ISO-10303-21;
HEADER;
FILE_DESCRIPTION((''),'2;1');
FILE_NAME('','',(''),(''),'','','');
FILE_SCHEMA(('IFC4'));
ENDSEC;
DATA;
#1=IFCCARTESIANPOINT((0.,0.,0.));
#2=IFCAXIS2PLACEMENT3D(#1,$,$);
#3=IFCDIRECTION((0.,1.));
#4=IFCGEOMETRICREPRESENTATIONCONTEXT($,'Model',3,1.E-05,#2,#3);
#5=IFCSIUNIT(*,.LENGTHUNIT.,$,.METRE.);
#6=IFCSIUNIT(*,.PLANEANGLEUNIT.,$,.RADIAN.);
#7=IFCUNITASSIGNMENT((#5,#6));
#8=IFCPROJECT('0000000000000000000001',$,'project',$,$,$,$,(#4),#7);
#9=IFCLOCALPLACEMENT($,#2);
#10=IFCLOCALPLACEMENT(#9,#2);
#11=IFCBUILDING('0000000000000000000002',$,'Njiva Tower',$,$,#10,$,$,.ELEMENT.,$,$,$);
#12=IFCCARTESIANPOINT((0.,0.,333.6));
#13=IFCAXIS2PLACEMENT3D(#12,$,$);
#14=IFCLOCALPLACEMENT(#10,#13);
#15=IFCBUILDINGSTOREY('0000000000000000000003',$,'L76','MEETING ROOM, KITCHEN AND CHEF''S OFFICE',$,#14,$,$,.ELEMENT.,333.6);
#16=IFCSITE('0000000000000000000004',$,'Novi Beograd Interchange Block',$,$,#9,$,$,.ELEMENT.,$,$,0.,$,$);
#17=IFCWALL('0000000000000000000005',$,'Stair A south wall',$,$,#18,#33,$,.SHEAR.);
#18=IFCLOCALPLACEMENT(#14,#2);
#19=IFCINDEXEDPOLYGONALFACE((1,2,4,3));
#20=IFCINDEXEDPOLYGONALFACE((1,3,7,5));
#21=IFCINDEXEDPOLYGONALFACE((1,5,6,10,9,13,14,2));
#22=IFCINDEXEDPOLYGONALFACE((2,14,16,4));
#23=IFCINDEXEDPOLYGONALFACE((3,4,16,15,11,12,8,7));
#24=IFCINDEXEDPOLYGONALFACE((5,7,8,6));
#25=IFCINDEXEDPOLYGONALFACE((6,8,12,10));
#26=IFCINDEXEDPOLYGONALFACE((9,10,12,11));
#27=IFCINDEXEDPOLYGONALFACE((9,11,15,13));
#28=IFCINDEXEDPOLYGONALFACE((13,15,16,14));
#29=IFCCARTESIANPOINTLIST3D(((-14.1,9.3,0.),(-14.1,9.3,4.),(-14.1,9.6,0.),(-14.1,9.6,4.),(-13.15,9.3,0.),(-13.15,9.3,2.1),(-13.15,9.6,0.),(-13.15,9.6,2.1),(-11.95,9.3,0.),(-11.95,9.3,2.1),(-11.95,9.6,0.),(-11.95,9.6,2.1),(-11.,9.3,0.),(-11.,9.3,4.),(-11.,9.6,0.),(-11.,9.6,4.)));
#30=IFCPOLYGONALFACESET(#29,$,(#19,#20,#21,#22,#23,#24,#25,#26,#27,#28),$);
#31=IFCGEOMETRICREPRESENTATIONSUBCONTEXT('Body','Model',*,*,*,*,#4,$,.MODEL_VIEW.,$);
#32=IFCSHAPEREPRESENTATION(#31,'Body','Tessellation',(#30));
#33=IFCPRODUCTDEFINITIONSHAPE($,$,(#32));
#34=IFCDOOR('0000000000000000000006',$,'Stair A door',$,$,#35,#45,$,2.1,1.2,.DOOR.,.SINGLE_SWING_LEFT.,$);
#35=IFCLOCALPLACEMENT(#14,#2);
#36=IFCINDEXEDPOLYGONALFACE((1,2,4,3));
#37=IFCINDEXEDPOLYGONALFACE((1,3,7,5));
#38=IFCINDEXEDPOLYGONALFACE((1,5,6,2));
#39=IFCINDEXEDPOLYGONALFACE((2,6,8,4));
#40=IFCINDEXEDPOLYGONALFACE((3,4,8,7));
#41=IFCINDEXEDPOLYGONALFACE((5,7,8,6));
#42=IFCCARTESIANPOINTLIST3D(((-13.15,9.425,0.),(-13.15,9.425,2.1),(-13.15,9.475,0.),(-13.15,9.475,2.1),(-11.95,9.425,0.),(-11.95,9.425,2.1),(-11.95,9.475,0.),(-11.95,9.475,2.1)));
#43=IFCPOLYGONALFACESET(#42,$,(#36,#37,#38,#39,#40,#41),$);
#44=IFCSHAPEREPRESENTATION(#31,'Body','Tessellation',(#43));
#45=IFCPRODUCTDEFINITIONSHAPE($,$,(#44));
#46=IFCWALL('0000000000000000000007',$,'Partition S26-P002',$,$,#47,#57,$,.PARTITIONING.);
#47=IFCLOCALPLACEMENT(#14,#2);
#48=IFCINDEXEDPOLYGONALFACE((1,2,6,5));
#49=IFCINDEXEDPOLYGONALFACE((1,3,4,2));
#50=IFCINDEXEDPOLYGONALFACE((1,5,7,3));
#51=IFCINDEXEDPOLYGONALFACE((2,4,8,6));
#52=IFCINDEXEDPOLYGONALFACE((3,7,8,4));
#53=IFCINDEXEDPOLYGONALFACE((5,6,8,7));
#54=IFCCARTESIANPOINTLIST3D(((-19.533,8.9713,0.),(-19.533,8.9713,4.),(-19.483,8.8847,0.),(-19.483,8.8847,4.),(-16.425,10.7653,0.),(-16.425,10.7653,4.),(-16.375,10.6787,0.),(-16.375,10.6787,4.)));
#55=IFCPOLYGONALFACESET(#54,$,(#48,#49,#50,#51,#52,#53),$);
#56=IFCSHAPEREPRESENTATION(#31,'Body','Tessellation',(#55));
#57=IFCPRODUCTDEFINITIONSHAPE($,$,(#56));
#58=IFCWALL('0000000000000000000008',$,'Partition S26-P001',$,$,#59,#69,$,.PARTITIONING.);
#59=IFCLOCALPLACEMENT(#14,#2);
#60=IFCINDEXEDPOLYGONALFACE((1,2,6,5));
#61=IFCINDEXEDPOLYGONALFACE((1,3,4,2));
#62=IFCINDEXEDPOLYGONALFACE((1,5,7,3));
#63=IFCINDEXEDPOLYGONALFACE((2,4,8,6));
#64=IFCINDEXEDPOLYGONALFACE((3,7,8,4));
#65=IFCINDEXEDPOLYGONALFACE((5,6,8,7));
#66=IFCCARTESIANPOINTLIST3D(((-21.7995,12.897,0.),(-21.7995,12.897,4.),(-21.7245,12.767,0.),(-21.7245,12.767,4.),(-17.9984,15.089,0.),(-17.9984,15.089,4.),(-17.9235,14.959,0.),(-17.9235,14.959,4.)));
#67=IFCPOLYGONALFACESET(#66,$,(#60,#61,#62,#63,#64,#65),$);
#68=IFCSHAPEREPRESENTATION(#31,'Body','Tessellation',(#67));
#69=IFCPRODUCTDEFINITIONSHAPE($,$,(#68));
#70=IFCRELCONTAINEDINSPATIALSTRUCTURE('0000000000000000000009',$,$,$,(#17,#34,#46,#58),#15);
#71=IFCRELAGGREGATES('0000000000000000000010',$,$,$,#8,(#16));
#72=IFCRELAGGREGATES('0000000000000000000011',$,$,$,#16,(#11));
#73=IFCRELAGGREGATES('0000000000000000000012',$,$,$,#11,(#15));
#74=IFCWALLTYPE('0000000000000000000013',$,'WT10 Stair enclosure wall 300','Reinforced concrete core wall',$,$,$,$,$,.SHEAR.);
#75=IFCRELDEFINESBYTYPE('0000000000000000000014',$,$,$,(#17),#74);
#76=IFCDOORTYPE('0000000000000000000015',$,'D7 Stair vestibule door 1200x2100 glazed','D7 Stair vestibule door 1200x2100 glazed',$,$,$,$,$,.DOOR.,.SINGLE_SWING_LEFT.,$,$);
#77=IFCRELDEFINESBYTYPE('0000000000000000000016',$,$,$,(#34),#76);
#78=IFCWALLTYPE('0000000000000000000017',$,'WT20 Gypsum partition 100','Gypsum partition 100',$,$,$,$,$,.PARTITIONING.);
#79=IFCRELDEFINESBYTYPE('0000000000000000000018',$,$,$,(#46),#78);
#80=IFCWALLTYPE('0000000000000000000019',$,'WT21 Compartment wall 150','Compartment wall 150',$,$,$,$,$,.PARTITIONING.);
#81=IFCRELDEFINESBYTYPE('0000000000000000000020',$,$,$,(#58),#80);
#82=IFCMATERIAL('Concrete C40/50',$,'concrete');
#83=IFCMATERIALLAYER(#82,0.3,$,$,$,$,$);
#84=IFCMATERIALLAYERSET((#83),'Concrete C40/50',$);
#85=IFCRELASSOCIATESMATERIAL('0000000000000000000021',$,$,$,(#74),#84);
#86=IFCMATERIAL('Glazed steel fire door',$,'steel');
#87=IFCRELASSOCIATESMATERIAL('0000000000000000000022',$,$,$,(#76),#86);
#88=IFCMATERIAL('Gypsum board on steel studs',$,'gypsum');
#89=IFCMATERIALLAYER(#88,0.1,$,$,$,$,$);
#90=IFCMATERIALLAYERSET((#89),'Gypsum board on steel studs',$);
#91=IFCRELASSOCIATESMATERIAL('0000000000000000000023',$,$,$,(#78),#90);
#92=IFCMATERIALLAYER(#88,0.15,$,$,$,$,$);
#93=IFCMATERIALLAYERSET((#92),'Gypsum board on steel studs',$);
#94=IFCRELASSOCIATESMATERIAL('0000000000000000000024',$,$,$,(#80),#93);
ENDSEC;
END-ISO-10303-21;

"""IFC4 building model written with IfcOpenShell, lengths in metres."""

from ifc_helpers import new_model, si_unit, direction, frame, frame_2d, origin, place, context, subcontext, project, spatial, rectangle, extrude, material, layer, layer_set, type_object, element, fill, save


model = new_model("IFC4")

# Units and contexts
model_context = context("Model", 3, precision=1e-05, world=origin(), true_north=direction((0.0, 1.0)))
body_context = subcontext(model_context, "Body", "Model", "MODEL_VIEW")
ifc_project = project(units=[si_unit("LENGTHUNIT", "METRE"), si_unit("PLANEANGLEUNIT", "RADIAN")], contexts=[model_context])

# Site, building, storey
site_placement = place(None, origin())
site = spatial("IfcSite", under=ifc_project, at=site_placement, Name="Novi Beograd Interchange Block", CompositionType="ELEMENT", RefElevation=0.0)
building_placement = place(site_placement, origin())
building = spatial("IfcBuilding", under=site, at=building_placement, Name="Njiva Tower", CompositionType="ELEMENT")
storey_placement = place(building_placement, frame((0.0, 0.0, 333.6)))
storey = spatial("IfcBuildingStorey", under=building, at=storey_placement, Name="L76", Description="MEETING ROOM, KITCHEN AND CHEF'S OFFICE", CompositionType="ELEMENT", Elevation=333.6)

# Wall, opening, door
ifc_material_1 = material(Name="Concrete C40/50", Category="concrete")
ifc_layer_1 = layer(ifc_material_1, 0.3)
ifc_layer_set_1 = layer_set([ifc_layer_1], Name="Concrete C40/50")
wall_type_1 = type_object("IfcWallType", Name="WT10 Stair enclosure wall 300", Description="Reinforced concrete core wall", PredefinedType="SHEAR", material=ifc_layer_set_1)
wall_1_placement = place(storey_placement, frame((-14.1, 9.45, 0.0), z_axis=(0.0, 0.0, 1.0), x_axis=(1.0, 0.0, 0.0)))
wall_1 = element("IfcWall", 1, at=wall_1_placement, inside=storey, type_object=wall_type_1, Name="Stair A south wall", PredefinedType="SHEAR", context=body_context, shape_type="SweptSolid", body=[
    extrude(rectangle(XDim=3.1, YDim=0.3, at=frame_2d((1.55, 0.0))), origin(), (0.0, 0.0, 1.0), 4.0),
])
opening_placement = place(wall_1_placement, frame((0.95, 0.0, 0.0)))
opening = element("IfcOpeningElement", 2, at=opening_placement, cuts=wall_1, PredefinedType="OPENING", context=body_context, shape_type="SweptSolid", body=[
    extrude(rectangle(XDim=1.2, YDim=2.1, at=frame_2d((0.6, 1.05))), frame((0.0, 0.16, 0.0), z_axis=(0.0, -1.0, 0.0), x_axis=(1.0, 0.0, 0.0)), (0.0, 0.0, 1.0), 0.32),
])
ifc_material_2 = material(Name="Glazed steel fire door", Category="steel")
door_type = type_object("IfcDoorType", Name="D7 Stair vestibule door 1200x2100 glazed", Description="D7 Stair vestibule door 1200x2100 glazed", OperationType="SINGLE_SWING_LEFT", PredefinedType="DOOR", material=ifc_material_2)
door_placement = place(opening_placement, origin())
door = element("IfcDoor", 3, at=door_placement, inside=storey, type_object=door_type, Name="Stair A door", OperationType="SINGLE_SWING_LEFT", OverallHeight=2.1, OverallWidth=1.2, PredefinedType="DOOR", context=body_context, shape_type="SweptSolid", body=[
    extrude(rectangle(XDim=1.2, YDim=2.1, at=frame_2d((0.6, 1.05))), frame((0.0, 0.025, 0.0), z_axis=(0.0, -1.0, 0.0), x_axis=(1.0, 0.0, 0.0)), (0.0, 0.0, 1.0), 0.05),
])
fill(opening, door)

# Walls
ifc_material_3 = material(Name="Gypsum board on steel studs", Category="gypsum")
ifc_layer_2 = layer(ifc_material_3, 0.1)
ifc_layer_set_2 = layer_set([ifc_layer_2], Name="Gypsum board on steel studs")
wall_type_2 = type_object("IfcWallType", Name="WT20 Gypsum partition 100", Description="Gypsum partition 100", PredefinedType="PARTITIONING", material=ifc_layer_set_2)
wall_2_placement = place(storey_placement, frame((-19.508, 8.928, 0.0), z_axis=(0.0, 0.0, 1.0), x_axis=(0.866074, 0.499915, 0.0)))
element("IfcWall", 4, at=wall_2_placement, inside=storey, type_object=wall_type_2, Name="Partition S26-P002", PredefinedType="PARTITIONING", context=body_context, shape_type="SweptSolid", body=[
    extrude(rectangle(XDim=3.5886, YDim=0.1, at=frame_2d((1.7943, 0.0))), origin(), (0.0, 0.0, 1.0), 4.0),
])
ifc_layer_3 = layer(ifc_material_3, 0.15)
ifc_layer_set_3 = layer_set([ifc_layer_3], Name="Gypsum board on steel studs")
wall_type_3 = type_object("IfcWallType", Name="WT21 Compartment wall 150", Description="Compartment wall 150", PredefinedType="PARTITIONING", material=ifc_layer_set_3)
wall_3_placement = place(storey_placement, frame((-21.762, 12.832, 0.0), z_axis=(0.0, 0.0, 1.0), x_axis=(0.866273, 0.499571, 0.0)))
element("IfcWall", 5, at=wall_3_placement, inside=storey, type_object=wall_type_3, Name="Partition S26-P001", PredefinedType="PARTITIONING", context=body_context, shape_type="SweptSolid", body=[
    extrude(rectangle(XDim=4.3878, YDim=0.15, at=frame_2d((2.1939, 0.0))), origin(), (0.0, 0.0, 1.0), 4.0),
])

save(model, "model.ifc")
